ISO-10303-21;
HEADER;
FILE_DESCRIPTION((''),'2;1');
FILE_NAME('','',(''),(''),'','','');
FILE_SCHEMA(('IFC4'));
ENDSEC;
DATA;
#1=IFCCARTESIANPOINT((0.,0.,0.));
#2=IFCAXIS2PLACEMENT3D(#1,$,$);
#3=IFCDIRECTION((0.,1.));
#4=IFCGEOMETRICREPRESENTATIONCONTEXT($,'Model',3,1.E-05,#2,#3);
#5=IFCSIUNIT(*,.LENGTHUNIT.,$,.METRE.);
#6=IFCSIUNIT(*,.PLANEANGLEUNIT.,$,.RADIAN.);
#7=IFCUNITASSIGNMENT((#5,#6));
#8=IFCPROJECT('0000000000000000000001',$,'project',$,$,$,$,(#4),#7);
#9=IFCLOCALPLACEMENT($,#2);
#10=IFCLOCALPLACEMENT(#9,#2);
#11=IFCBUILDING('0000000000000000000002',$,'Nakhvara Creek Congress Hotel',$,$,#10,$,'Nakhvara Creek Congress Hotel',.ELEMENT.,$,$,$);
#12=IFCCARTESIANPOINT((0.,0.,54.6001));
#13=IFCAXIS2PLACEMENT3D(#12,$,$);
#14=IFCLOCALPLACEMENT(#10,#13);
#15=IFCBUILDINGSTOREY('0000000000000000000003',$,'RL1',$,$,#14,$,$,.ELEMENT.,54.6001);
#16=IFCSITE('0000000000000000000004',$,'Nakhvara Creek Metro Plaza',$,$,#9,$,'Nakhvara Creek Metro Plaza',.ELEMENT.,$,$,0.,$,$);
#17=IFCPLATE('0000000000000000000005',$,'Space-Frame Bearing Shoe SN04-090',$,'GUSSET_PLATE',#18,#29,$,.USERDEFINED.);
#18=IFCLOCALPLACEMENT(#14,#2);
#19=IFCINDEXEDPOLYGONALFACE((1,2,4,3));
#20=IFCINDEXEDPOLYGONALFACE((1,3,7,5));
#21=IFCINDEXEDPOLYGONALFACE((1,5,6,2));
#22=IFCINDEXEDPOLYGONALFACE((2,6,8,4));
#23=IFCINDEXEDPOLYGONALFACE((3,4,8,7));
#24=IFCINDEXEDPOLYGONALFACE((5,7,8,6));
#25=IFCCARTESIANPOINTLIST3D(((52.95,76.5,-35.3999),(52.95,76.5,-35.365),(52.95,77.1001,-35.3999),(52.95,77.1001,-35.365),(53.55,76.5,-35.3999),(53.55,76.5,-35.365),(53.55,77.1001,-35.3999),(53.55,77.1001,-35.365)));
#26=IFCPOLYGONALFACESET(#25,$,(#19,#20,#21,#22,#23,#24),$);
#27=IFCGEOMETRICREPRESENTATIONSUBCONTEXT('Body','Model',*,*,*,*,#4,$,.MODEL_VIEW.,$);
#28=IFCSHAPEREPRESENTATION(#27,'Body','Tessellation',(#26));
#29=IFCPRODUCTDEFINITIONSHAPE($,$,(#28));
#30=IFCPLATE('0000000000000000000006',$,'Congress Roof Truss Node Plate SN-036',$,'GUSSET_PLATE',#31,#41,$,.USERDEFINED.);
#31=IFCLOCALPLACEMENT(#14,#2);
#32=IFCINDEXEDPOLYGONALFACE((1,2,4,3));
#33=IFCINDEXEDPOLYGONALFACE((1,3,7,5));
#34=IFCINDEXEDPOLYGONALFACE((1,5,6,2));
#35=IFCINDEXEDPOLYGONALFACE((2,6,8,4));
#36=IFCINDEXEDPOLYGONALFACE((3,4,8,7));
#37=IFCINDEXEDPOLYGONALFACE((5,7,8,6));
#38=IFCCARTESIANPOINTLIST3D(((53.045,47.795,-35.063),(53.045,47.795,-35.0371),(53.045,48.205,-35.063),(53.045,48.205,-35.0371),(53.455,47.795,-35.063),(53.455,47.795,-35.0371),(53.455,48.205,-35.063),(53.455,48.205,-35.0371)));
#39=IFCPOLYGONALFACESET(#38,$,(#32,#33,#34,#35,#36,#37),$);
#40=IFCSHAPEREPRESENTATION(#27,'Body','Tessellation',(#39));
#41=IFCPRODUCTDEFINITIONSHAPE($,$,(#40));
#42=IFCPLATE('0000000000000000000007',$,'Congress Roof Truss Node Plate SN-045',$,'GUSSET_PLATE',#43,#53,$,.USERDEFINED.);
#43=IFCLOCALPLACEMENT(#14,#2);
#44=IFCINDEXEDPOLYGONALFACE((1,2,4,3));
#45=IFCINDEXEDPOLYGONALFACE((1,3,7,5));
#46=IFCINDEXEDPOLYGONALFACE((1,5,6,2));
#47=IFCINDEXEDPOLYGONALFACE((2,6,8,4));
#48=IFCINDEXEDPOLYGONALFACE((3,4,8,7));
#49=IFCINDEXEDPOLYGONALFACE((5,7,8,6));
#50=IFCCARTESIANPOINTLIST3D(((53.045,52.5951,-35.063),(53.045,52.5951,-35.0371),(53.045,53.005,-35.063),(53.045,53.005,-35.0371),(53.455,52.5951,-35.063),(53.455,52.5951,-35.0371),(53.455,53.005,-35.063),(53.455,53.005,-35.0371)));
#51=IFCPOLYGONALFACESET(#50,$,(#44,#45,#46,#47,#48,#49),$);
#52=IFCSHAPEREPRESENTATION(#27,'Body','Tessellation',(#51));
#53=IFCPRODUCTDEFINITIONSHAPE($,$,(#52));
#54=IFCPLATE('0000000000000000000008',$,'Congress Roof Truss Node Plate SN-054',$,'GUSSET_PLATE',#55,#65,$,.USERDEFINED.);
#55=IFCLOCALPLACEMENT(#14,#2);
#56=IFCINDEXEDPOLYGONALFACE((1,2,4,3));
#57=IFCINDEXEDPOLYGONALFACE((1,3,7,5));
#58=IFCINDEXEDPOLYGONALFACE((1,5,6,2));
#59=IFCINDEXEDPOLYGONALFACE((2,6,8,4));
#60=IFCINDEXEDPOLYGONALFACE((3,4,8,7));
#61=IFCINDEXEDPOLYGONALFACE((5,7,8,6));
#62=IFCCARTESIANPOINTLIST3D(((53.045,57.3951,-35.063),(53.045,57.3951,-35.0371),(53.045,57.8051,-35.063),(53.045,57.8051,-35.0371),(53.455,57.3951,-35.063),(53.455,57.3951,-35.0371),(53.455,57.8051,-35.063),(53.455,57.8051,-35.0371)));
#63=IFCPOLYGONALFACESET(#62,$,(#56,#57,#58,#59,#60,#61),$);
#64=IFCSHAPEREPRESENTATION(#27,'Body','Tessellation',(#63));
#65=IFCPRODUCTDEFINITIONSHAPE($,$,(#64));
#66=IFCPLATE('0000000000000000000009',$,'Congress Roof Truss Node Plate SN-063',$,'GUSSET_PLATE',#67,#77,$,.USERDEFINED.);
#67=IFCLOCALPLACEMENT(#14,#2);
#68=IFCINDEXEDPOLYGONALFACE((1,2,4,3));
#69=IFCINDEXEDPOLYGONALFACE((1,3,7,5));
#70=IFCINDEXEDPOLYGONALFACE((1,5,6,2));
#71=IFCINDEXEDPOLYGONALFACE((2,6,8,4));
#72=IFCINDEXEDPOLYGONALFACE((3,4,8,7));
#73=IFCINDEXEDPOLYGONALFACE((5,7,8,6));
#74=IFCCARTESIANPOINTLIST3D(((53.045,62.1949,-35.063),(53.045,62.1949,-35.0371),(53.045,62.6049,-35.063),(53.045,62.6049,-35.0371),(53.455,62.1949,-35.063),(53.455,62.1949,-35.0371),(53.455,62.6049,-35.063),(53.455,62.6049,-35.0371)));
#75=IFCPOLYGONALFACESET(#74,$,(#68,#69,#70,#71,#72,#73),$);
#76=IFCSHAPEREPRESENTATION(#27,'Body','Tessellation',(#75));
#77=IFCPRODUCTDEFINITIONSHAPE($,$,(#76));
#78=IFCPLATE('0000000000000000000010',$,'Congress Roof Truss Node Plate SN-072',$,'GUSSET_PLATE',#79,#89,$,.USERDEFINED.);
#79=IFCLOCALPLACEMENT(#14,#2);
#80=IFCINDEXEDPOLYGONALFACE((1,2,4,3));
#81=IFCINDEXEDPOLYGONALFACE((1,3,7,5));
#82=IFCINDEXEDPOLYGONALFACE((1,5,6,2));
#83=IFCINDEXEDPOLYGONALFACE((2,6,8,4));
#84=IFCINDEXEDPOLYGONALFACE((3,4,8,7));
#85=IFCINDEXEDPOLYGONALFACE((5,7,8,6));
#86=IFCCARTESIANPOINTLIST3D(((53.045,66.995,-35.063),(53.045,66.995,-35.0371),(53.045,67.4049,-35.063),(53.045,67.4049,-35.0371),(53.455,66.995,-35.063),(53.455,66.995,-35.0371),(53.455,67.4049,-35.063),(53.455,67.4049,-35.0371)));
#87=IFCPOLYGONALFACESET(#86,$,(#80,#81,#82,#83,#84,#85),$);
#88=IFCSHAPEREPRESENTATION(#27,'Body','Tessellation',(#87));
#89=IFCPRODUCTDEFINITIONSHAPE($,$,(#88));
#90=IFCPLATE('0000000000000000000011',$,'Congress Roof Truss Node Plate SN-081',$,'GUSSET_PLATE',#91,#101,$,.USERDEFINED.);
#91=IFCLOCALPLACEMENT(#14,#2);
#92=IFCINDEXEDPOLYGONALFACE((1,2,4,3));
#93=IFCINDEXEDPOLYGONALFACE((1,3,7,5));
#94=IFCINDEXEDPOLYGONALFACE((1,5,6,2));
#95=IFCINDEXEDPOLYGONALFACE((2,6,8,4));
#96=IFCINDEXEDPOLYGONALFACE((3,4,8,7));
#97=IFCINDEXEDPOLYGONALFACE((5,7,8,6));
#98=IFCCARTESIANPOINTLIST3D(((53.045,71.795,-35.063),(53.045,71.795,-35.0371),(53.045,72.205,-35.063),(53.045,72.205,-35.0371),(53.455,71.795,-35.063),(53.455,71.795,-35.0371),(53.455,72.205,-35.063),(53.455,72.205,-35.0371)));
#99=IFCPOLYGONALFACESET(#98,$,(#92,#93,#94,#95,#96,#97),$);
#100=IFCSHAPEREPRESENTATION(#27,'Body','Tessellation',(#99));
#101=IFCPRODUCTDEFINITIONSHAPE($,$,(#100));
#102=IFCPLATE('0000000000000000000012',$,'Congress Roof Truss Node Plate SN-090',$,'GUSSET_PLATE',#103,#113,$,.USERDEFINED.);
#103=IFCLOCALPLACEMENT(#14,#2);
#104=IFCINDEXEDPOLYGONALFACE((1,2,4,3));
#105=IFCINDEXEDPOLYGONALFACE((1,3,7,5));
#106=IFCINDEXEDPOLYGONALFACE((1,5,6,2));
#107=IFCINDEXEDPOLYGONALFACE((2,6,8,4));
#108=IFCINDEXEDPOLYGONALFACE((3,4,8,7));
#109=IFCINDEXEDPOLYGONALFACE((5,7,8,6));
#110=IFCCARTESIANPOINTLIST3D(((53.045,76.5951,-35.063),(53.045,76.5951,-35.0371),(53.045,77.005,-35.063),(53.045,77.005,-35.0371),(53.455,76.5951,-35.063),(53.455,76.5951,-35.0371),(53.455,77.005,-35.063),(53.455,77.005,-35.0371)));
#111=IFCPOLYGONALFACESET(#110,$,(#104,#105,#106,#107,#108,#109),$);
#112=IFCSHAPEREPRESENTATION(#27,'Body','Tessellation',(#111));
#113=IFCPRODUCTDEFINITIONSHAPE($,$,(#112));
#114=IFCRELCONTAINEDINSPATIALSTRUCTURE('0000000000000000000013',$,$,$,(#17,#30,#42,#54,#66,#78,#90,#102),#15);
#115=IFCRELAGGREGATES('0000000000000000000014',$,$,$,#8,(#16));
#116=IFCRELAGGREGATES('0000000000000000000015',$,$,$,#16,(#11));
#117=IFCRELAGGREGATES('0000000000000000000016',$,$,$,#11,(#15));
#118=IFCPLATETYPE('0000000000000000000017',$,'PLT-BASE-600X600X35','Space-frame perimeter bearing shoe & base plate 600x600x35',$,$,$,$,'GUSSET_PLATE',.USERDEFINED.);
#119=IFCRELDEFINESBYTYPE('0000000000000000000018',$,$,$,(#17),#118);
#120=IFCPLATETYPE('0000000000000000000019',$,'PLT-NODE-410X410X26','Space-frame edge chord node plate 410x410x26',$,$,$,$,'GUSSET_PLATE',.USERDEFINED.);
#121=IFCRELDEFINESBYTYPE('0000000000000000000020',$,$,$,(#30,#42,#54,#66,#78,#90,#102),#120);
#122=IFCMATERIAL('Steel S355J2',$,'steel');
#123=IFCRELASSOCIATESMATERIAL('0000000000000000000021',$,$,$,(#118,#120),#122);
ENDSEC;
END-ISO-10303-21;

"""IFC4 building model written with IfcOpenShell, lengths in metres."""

from ifc_helpers import new_model, si_unit, direction, frame, origin, origin_2d, place, context, subcontext, project, spatial, rectangle, extrude, material, type_object, element, save


model = new_model("IFC4")

# Units and contexts
model_context = context("Model", 3, precision=1e-05, world=origin(), true_north=direction((0.0, 1.0)))
body_context = subcontext(model_context, "Body", "Model", "MODEL_VIEW")
ifc_project = project(units=[si_unit("LENGTHUNIT", "METRE"), si_unit("PLANEANGLEUNIT", "RADIAN")], contexts=[model_context])

# Site, building, storey
site_placement = place(None, origin())
site = spatial("IfcSite", under=ifc_project, at=site_placement, Name="Nakhvara Creek Metro Plaza", LongName="Nakhvara Creek Metro Plaza", CompositionType="ELEMENT", RefElevation=0.0)
building_placement = place(site_placement, origin())
building = spatial("IfcBuilding", under=site, at=building_placement, Name="Nakhvara Creek Congress Hotel", LongName="Nakhvara Creek Congress Hotel", CompositionType="ELEMENT")
storey_placement = place(building_placement, frame((0.0, 0.0, 54.6001)))
storey = spatial("IfcBuildingStorey", under=building, at=storey_placement, Name="RL1", CompositionType="ELEMENT", Elevation=54.6001)

# Plates
ifc_material_1 = material(Name="Steel S355J2", Category="steel")
plate_type_1 = type_object("IfcPlateType", Name="PLT-BASE-600X600X35", Description="Space-frame perimeter bearing shoe & base plate 600x600x35", ElementType="GUSSET_PLATE", PredefinedType="USERDEFINED", material=ifc_material_1)
for number, where, z_axis, x_axis, name in (
    (1, (53.25, 76.8, -35.3999), (0.0, 0.0, 1.0), (1.0, 0.0, 0.0), "Space-Frame Bearing Shoe SN04-090"),
):
    element("IfcPlate", number, at=place(storey_placement, frame(where, z_axis=z_axis, x_axis=x_axis)), inside=storey, type_object=plate_type_1, Name=name, ObjectType="GUSSET_PLATE", PredefinedType="USERDEFINED", context=body_context, shape_type="SweptSolid", body=[
        extrude(rectangle(XDim=0.6001, YDim=0.6001, at=origin_2d()), origin(), (0.0, 0.0, 1.0), 0.0349),
    ])
plate_type_2 = type_object("IfcPlateType", Name="PLT-NODE-410X410X26", Description="Space-frame edge chord node plate 410x410x26", ElementType="GUSSET_PLATE", PredefinedType="USERDEFINED", material=ifc_material_1)
for number, where, z_axis, x_axis, name in (
    (2, (53.25, 48.0, -35.063), (0.0, 0.0, 1.0), (1.0, 0.0, 0.0), "Congress Roof Truss Node Plate SN-036"),
    (3, (53.25, 52.8, -35.063), (0.0, 0.0, 1.0), (1.0, 0.0, 0.0), "Congress Roof Truss Node Plate SN-045"),
    (4, (53.25, 57.6001, -35.063), (0.0, 0.0, 1.0), (1.0, 0.0, 0.0), "Congress Roof Truss Node Plate SN-054"),
    (5, (53.25, 62.3999, -35.063), (0.0, 0.0, 1.0), (1.0, 0.0, 0.0), "Congress Roof Truss Node Plate SN-063"),
    (6, (53.25, 67.2, -35.063), (0.0, 0.0, 1.0), (1.0, 0.0, 0.0), "Congress Roof Truss Node Plate SN-072"),
    (7, (53.25, 72.0, -35.063), (0.0, 0.0, 1.0), (1.0, 0.0, 0.0), "Congress Roof Truss Node Plate SN-081"),
    (8, (53.25, 76.8, -35.063), (0.0, 0.0, 1.0), (1.0, 0.0, 0.0), "Congress Roof Truss Node Plate SN-090"),
):
    element("IfcPlate", number, at=place(storey_placement, frame(where, z_axis=z_axis, x_axis=x_axis)), inside=storey, type_object=plate_type_2, Name=name, ObjectType="GUSSET_PLATE", PredefinedType="USERDEFINED", context=body_context, shape_type="SweptSolid", body=[
        extrude(rectangle(XDim=0.4099, YDim=0.4099, at=origin_2d()), origin(), (0.0, 0.0, 1.0), 0.0259),
    ])

save(model, "model.ifc")
